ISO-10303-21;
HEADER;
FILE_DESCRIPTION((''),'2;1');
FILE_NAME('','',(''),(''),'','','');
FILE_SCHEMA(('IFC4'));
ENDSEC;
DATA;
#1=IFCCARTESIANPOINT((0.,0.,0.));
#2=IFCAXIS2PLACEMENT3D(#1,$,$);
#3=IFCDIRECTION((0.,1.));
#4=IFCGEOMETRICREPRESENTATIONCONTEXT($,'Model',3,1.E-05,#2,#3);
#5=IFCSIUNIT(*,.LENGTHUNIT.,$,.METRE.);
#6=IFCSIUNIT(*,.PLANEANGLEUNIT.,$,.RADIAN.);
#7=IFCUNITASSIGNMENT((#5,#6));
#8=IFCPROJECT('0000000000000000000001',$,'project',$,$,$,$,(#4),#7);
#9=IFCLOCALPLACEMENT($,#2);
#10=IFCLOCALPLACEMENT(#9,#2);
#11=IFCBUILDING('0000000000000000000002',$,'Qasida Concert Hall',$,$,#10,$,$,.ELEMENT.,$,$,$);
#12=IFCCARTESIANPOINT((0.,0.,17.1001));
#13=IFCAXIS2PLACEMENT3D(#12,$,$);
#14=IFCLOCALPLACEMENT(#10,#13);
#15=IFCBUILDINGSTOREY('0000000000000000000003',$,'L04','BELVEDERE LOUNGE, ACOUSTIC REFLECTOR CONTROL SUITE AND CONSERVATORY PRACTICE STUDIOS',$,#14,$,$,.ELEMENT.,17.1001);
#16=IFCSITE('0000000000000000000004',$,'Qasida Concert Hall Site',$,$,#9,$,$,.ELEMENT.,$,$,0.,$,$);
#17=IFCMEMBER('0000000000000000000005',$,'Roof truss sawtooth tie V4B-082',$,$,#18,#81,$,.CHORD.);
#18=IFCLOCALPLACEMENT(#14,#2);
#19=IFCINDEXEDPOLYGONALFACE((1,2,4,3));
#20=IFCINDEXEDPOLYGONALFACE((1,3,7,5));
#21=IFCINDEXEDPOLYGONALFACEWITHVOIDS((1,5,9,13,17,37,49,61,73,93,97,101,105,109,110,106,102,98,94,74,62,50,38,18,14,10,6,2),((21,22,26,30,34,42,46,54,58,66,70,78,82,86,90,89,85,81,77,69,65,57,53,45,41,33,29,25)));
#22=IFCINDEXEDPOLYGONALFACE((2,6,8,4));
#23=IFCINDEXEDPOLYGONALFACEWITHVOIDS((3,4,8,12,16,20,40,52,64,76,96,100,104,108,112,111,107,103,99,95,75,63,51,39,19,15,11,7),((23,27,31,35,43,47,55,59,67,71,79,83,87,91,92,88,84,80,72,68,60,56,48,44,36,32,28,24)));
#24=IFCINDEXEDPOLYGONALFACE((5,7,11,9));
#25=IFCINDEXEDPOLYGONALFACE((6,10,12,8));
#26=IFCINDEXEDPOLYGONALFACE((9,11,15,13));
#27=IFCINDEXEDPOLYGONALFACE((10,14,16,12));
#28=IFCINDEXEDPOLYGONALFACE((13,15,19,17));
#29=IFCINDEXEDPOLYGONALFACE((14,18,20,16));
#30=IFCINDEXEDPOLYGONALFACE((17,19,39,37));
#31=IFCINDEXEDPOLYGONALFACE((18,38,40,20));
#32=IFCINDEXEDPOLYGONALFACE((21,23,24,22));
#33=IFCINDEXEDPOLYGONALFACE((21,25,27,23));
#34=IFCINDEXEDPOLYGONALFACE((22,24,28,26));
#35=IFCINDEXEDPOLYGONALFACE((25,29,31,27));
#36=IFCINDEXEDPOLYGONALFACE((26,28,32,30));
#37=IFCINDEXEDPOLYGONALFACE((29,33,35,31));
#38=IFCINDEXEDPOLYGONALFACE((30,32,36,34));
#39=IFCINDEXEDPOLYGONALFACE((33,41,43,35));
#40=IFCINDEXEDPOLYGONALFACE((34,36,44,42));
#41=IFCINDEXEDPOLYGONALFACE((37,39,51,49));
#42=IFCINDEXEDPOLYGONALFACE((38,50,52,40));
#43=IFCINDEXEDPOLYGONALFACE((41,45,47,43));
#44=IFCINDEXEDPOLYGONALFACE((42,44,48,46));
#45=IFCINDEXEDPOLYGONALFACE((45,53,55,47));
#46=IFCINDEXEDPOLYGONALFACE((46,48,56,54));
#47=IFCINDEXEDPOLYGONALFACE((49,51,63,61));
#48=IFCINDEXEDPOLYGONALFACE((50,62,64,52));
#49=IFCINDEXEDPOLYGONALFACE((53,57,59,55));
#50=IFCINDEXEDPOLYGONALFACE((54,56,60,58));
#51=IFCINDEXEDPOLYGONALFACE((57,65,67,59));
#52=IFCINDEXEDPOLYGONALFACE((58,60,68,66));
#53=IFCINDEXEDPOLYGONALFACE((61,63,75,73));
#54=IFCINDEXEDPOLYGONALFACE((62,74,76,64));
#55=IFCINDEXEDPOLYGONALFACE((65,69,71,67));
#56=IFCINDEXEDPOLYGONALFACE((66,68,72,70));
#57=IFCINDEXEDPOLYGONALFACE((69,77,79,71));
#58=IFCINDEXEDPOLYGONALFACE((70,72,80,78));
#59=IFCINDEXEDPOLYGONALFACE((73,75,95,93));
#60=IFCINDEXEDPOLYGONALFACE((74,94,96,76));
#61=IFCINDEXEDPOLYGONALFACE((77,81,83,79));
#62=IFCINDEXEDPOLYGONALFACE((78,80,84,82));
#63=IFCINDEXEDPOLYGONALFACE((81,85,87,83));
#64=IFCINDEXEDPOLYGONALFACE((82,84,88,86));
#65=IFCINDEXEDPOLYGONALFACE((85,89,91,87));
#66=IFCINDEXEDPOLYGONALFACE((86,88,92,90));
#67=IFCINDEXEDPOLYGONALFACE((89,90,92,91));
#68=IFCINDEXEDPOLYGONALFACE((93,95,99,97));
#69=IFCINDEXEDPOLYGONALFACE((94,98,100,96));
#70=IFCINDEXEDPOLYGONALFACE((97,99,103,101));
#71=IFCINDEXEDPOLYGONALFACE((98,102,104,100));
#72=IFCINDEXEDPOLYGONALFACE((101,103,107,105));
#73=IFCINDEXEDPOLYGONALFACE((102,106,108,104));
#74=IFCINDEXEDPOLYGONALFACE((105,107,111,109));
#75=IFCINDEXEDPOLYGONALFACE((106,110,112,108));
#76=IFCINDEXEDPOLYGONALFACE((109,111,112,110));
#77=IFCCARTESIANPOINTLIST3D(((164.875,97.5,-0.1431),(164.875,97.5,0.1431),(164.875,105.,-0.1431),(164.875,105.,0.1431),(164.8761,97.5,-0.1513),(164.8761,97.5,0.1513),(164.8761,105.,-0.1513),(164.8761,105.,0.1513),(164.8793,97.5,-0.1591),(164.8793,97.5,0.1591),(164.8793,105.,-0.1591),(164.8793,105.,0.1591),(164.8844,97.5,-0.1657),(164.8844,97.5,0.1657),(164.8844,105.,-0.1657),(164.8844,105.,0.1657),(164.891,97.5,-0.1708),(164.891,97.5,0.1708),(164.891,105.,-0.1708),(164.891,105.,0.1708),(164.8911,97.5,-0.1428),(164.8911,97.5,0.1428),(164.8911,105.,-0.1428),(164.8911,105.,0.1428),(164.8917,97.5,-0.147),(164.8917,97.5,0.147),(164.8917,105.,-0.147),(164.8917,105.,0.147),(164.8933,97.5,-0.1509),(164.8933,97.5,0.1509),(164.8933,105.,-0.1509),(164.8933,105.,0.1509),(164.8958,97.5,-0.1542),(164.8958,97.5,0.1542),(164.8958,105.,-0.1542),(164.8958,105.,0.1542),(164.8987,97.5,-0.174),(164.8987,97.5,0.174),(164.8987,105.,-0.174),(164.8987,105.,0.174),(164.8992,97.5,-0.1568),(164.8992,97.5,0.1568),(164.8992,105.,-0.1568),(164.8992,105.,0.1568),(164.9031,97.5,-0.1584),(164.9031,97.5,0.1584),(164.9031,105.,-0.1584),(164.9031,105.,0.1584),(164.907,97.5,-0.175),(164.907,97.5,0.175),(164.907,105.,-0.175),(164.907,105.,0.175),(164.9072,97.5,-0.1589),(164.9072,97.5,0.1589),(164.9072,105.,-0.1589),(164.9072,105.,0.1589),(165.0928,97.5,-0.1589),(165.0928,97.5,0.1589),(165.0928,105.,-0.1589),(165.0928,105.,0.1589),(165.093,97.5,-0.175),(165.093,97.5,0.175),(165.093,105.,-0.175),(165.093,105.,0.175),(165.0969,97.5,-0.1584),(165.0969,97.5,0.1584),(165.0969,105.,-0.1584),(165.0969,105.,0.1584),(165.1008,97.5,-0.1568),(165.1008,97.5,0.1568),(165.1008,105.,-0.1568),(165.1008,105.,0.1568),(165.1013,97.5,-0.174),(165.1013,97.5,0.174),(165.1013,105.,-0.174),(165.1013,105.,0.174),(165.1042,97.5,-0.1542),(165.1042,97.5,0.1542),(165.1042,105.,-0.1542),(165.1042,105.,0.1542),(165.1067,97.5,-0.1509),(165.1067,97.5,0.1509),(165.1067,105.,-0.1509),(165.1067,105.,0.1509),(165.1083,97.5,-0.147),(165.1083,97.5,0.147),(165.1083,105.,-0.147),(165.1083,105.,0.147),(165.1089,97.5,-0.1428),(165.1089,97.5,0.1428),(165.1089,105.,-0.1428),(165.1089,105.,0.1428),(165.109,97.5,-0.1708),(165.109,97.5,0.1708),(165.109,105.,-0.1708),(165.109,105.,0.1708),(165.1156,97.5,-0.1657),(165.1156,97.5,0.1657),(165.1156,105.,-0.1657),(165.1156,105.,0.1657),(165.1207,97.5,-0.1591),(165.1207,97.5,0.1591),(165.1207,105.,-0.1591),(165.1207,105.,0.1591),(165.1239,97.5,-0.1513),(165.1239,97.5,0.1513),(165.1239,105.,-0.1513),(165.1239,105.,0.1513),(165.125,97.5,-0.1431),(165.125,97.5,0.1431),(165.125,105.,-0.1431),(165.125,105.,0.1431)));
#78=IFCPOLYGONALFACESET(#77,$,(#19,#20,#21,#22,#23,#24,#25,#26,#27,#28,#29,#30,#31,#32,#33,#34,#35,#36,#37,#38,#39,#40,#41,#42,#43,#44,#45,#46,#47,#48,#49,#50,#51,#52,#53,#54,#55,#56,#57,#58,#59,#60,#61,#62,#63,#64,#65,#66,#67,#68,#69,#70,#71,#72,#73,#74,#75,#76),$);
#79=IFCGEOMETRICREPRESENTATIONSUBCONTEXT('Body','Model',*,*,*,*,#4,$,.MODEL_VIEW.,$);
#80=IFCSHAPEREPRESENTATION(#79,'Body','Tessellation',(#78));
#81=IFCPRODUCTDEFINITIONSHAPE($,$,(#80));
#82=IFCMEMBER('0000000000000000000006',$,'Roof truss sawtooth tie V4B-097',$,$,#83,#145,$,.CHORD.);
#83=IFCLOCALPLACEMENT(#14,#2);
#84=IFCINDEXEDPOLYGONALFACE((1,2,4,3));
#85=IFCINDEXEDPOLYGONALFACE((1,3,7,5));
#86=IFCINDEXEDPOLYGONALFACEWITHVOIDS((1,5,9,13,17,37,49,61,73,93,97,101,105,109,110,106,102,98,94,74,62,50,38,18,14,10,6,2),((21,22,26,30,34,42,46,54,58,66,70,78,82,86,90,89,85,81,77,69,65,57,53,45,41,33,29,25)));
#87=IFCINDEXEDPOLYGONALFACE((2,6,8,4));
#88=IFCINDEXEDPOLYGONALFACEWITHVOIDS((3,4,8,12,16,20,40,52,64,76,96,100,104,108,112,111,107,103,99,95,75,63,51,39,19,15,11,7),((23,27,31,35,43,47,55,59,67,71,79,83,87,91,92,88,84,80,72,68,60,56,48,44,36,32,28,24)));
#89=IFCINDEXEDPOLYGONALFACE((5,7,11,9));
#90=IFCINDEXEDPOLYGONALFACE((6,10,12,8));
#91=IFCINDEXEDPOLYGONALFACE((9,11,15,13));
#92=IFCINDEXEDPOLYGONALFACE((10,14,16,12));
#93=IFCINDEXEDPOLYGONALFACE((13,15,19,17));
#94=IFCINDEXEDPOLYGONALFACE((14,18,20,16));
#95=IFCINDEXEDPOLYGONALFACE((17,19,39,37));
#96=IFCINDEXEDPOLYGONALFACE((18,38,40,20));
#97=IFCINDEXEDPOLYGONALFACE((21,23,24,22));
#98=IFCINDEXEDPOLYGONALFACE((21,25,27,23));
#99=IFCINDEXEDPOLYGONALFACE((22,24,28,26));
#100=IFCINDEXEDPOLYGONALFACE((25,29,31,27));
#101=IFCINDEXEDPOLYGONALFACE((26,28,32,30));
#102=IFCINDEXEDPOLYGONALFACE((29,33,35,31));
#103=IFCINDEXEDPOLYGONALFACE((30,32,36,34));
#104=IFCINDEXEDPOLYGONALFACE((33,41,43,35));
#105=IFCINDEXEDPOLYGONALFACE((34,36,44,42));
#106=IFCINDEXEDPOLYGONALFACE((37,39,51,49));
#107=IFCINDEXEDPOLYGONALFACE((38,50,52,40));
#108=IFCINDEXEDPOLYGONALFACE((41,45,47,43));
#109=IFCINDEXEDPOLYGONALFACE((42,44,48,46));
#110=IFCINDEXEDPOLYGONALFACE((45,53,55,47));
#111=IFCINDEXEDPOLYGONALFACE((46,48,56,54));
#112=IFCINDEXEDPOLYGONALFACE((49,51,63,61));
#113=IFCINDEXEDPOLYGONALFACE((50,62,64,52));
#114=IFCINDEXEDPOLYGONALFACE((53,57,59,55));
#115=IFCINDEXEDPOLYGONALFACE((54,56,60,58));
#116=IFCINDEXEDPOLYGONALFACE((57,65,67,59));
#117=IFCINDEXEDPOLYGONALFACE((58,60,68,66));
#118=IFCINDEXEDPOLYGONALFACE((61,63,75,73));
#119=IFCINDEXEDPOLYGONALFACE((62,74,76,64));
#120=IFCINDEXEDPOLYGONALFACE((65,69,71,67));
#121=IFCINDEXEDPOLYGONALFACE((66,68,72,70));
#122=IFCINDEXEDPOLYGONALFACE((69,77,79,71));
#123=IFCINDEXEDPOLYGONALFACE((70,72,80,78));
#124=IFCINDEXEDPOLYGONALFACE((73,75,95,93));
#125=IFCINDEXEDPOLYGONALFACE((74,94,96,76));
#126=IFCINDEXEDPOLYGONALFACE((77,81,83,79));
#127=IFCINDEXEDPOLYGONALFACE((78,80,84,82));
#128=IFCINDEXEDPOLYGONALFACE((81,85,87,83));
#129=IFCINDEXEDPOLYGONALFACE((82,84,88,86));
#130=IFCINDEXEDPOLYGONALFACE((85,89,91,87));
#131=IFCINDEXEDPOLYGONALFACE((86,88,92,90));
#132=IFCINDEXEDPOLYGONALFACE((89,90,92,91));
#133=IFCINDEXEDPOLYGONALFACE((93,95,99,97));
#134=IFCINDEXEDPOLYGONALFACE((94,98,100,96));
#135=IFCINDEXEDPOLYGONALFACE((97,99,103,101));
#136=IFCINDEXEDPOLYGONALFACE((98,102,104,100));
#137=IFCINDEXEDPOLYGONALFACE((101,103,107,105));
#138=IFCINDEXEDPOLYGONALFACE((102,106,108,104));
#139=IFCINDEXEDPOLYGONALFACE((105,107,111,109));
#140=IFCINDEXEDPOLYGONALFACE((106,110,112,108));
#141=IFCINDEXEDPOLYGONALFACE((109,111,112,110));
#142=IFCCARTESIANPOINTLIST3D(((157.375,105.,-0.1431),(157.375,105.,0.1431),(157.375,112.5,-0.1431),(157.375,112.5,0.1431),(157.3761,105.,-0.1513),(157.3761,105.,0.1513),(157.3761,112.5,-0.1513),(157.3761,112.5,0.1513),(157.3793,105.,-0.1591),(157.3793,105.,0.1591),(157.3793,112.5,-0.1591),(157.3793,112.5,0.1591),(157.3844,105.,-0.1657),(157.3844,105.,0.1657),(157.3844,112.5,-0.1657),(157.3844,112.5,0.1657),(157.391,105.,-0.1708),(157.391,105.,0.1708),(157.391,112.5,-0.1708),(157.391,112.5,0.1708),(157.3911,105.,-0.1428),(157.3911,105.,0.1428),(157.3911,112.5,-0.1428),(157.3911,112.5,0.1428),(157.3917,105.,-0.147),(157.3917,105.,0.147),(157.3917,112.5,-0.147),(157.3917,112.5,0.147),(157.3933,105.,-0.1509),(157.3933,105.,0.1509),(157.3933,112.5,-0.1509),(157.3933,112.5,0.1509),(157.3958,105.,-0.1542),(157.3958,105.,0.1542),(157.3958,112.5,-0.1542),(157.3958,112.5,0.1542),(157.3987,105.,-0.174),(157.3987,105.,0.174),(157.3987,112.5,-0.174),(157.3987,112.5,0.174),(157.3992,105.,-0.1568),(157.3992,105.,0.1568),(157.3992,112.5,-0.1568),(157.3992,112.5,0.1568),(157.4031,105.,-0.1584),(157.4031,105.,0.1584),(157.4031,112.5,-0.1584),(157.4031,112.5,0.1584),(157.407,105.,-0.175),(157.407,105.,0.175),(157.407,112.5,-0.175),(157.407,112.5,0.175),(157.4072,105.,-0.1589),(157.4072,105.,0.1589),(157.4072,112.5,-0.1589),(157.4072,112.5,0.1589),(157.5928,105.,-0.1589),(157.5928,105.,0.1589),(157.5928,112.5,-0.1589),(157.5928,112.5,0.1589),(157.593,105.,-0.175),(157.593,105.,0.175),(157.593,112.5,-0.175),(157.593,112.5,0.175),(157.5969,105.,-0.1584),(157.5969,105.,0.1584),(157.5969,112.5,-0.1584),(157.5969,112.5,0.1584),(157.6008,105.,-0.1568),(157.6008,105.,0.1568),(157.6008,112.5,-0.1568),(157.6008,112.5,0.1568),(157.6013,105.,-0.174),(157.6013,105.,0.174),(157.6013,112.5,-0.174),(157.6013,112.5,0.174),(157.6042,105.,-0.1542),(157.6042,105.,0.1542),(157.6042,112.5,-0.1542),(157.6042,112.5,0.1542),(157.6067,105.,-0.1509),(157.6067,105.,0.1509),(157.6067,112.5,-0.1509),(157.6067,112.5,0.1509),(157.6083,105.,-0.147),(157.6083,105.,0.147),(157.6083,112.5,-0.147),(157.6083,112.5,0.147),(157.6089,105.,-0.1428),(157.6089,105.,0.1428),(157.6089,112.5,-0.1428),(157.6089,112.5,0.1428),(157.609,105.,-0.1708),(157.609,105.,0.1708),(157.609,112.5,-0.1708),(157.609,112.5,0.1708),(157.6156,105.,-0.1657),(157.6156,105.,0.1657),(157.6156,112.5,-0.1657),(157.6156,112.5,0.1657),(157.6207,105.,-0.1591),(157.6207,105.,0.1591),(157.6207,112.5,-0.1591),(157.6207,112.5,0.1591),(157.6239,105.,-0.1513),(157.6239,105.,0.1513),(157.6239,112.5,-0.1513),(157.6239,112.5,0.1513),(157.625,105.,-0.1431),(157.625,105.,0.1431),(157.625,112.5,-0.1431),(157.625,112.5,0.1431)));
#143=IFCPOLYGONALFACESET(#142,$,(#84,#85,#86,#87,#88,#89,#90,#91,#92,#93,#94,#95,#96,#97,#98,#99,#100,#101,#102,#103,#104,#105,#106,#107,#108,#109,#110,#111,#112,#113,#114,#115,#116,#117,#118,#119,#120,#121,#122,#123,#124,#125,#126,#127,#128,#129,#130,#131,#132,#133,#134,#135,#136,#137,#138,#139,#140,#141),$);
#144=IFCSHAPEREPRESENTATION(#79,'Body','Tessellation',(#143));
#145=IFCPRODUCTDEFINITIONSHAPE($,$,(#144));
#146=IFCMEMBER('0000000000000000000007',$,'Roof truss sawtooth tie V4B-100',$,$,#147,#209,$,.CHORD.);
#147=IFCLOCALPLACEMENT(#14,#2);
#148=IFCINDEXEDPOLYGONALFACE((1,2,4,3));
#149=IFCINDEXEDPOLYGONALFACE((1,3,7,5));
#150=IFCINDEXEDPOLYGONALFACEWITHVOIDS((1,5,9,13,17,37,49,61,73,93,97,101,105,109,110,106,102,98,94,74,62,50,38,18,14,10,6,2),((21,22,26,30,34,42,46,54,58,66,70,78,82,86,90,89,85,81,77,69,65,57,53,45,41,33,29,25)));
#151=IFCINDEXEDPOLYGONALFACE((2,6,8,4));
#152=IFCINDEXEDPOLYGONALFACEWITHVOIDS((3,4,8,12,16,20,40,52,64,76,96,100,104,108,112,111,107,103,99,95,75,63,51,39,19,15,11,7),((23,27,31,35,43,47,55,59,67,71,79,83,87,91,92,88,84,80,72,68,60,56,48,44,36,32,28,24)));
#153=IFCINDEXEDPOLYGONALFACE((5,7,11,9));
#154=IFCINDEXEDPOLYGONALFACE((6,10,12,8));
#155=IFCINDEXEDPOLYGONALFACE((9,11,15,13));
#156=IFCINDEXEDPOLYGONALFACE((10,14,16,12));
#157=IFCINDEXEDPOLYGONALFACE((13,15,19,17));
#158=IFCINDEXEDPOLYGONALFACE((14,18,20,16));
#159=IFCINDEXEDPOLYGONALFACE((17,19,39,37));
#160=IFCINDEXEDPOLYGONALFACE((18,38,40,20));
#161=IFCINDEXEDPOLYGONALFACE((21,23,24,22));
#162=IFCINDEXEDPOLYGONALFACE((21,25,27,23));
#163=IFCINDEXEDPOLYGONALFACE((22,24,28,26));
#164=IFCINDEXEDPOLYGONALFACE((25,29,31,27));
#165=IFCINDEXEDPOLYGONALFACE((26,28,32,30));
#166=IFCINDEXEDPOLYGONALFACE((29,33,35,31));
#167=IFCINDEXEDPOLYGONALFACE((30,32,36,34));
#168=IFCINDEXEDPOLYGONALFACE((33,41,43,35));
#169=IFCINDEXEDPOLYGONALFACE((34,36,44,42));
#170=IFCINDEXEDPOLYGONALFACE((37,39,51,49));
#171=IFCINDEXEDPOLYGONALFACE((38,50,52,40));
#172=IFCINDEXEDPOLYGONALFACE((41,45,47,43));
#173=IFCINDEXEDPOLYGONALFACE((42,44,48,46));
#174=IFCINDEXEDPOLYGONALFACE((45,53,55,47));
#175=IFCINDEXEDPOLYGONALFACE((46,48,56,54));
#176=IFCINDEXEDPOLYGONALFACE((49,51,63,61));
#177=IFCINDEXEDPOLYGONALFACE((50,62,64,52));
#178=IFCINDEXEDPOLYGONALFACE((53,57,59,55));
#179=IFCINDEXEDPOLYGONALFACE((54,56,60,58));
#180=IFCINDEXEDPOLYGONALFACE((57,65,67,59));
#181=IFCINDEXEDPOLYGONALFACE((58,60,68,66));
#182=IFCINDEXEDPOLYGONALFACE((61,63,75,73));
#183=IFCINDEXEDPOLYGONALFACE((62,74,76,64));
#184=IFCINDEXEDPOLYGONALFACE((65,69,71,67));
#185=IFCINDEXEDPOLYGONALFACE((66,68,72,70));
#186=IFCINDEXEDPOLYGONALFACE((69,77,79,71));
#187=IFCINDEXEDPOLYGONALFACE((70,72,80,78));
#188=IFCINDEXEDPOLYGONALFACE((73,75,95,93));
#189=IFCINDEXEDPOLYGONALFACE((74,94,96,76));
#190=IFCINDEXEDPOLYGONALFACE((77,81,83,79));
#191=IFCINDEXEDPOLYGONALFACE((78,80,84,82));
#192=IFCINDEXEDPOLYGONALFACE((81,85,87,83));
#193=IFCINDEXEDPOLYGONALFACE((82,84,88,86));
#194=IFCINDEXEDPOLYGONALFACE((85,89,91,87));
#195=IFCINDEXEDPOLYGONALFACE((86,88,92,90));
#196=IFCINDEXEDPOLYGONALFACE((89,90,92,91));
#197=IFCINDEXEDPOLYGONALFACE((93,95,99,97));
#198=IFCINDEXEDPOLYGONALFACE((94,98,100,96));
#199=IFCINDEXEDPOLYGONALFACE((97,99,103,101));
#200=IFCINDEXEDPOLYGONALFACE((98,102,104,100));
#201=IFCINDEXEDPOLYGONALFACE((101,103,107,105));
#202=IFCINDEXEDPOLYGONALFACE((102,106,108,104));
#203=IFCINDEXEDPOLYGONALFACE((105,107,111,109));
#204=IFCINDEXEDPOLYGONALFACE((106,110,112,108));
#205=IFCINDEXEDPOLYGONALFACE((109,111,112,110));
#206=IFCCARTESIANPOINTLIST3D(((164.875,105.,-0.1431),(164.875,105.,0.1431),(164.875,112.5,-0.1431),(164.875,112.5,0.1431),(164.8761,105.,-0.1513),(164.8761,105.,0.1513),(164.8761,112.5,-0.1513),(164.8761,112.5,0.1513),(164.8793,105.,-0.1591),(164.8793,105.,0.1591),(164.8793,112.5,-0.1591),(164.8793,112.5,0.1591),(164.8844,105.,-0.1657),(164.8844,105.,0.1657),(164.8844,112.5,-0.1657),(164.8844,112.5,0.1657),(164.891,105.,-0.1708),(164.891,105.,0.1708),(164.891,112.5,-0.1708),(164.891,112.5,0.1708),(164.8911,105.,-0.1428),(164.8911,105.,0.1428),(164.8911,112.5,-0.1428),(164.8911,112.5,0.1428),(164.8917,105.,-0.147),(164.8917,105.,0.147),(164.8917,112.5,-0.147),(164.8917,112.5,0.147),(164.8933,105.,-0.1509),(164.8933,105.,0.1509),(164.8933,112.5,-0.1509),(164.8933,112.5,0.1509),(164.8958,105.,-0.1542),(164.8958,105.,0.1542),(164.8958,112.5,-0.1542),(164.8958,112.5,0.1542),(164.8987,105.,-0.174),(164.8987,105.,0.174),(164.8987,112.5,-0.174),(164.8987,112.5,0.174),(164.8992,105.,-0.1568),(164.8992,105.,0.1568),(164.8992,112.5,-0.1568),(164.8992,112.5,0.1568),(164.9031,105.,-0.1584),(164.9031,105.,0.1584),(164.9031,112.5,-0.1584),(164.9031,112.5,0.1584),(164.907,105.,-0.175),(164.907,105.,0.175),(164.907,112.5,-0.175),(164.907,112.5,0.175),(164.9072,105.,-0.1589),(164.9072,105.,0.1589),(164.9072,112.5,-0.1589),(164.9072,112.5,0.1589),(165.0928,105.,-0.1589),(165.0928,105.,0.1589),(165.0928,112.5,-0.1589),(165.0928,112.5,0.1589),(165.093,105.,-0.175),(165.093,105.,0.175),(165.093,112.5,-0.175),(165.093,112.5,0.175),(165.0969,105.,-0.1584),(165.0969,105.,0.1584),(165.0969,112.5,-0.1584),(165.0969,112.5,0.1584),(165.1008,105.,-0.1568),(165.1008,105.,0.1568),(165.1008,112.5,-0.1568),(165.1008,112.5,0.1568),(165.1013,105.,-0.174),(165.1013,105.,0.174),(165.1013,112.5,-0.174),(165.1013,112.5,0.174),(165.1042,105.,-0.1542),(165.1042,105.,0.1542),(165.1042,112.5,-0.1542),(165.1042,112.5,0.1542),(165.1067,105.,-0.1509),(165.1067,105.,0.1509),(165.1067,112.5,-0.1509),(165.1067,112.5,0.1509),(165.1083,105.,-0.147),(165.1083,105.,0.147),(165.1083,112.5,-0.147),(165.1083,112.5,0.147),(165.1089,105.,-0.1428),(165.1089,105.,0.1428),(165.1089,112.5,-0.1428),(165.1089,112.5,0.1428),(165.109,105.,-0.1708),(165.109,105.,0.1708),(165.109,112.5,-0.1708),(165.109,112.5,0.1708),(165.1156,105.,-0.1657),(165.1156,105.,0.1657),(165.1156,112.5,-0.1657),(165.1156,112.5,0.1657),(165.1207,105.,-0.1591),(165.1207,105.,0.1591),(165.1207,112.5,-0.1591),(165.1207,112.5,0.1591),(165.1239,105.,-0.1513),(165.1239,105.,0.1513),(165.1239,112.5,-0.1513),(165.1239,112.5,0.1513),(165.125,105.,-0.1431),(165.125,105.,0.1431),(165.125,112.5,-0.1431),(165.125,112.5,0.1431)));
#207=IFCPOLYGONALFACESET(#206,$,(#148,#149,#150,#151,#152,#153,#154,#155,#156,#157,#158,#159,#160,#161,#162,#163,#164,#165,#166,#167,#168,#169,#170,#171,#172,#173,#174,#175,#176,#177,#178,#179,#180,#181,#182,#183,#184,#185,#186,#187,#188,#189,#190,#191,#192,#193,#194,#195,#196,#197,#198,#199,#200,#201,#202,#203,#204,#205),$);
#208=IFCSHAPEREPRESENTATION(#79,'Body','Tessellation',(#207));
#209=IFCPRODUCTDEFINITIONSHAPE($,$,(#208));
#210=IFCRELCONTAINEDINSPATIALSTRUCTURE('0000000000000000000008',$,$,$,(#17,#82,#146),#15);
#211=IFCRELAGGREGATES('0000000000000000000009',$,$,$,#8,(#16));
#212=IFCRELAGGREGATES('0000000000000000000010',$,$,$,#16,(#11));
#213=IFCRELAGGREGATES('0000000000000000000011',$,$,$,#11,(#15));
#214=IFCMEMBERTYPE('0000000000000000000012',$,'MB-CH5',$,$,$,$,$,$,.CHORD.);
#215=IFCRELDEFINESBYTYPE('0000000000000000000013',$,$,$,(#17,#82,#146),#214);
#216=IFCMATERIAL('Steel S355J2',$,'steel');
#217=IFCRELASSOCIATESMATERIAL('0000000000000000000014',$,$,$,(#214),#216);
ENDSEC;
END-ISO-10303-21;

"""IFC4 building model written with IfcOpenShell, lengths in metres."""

from ifc_helpers import new_model, si_unit, direction, frame, origin, origin_2d, place, context, subcontext, project, spatial, hollow_rectangle, extrude, material, material_profile, profile_set, type_object, element, save


model = new_model("IFC4")

# Units and contexts
model_context = context("Model", 3, precision=1e-05, world=origin(), true_north=direction((0.0, 1.0)))
body_context = subcontext(model_context, "Body", "Model", "MODEL_VIEW")
ifc_project = project(units=[si_unit("LENGTHUNIT", "METRE"), si_unit("PLANEANGLEUNIT", "RADIAN")], contexts=[model_context])

# Site, building, storey
site_placement = place(None, origin())
site = spatial("IfcSite", under=ifc_project, at=site_placement, Name="Qasida Concert Hall Site", CompositionType="ELEMENT", RefElevation=0.0)
building_placement = place(site_placement, origin())
building = spatial("IfcBuilding", under=site, at=building_placement, Name="Qasida Concert Hall", CompositionType="ELEMENT")
storey_placement = place(building_placement, frame((0.0, 0.0, 17.1001)))
storey = spatial("IfcBuildingStorey", under=building, at=storey_placement, Name="L04", Description="BELVEDERE LOUNGE, ACOUSTIC REFLECTOR CONTROL SUITE AND CONSERVATORY PRACTICE STUDIOS", CompositionType="ELEMENT", Elevation=17.1001)

# Members
ifc_material_1 = material(Name="Steel S355J2", Category="steel")
ifc_material_profile_1 = material_profile(ifc_material_1, hollow_rectangle(XDim=0.25, YDim=0.3501, WallThickness=0.0161, InnerFilletRadius=0.0161, OuterFilletRadius=0.032, at=origin_2d()), Name="RHS 350x250x16")
ifc_profile_set_1 = profile_set([ifc_material_profile_1], Name="Steel S355J2")
member_type_1 = type_object("IfcMemberType", Name="MB-CH5", PredefinedType="CHORD", material=ifc_profile_set_1)
for number, where, z_axis, x_axis, name in (
    (1, (165.0, 97.5, 0.0), (0.0, 1.0, 0.0), (-1.0, 0.0, 0.0), "Roof truss sawtooth tie V4B-082"),
    (2, (157.5, 105.0, 0.0), (0.0, 1.0, 0.0), (-1.0, 0.0, 0.0), "Roof truss sawtooth tie V4B-097"),
    (3, (165.0, 105.0, 0.0), (0.0, 1.0, 0.0), (-1.0, 0.0, 0.0), "Roof truss sawtooth tie V4B-100"),
):
    element("IfcMember", number, at=place(storey_placement, frame(where, z_axis=z_axis, x_axis=x_axis)), inside=storey, type_object=member_type_1, Name=name, PredefinedType="CHORD", context=body_context, shape_type="SweptSolid", body=[
        extrude(hollow_rectangle(XDim=0.25, YDim=0.3501, WallThickness=0.0161, InnerFilletRadius=0.0161, OuterFilletRadius=0.032, at=origin_2d()), origin(), (0.0, 0.0, 1.0), 7.5),
    ])

save(model, "model.ifc")
